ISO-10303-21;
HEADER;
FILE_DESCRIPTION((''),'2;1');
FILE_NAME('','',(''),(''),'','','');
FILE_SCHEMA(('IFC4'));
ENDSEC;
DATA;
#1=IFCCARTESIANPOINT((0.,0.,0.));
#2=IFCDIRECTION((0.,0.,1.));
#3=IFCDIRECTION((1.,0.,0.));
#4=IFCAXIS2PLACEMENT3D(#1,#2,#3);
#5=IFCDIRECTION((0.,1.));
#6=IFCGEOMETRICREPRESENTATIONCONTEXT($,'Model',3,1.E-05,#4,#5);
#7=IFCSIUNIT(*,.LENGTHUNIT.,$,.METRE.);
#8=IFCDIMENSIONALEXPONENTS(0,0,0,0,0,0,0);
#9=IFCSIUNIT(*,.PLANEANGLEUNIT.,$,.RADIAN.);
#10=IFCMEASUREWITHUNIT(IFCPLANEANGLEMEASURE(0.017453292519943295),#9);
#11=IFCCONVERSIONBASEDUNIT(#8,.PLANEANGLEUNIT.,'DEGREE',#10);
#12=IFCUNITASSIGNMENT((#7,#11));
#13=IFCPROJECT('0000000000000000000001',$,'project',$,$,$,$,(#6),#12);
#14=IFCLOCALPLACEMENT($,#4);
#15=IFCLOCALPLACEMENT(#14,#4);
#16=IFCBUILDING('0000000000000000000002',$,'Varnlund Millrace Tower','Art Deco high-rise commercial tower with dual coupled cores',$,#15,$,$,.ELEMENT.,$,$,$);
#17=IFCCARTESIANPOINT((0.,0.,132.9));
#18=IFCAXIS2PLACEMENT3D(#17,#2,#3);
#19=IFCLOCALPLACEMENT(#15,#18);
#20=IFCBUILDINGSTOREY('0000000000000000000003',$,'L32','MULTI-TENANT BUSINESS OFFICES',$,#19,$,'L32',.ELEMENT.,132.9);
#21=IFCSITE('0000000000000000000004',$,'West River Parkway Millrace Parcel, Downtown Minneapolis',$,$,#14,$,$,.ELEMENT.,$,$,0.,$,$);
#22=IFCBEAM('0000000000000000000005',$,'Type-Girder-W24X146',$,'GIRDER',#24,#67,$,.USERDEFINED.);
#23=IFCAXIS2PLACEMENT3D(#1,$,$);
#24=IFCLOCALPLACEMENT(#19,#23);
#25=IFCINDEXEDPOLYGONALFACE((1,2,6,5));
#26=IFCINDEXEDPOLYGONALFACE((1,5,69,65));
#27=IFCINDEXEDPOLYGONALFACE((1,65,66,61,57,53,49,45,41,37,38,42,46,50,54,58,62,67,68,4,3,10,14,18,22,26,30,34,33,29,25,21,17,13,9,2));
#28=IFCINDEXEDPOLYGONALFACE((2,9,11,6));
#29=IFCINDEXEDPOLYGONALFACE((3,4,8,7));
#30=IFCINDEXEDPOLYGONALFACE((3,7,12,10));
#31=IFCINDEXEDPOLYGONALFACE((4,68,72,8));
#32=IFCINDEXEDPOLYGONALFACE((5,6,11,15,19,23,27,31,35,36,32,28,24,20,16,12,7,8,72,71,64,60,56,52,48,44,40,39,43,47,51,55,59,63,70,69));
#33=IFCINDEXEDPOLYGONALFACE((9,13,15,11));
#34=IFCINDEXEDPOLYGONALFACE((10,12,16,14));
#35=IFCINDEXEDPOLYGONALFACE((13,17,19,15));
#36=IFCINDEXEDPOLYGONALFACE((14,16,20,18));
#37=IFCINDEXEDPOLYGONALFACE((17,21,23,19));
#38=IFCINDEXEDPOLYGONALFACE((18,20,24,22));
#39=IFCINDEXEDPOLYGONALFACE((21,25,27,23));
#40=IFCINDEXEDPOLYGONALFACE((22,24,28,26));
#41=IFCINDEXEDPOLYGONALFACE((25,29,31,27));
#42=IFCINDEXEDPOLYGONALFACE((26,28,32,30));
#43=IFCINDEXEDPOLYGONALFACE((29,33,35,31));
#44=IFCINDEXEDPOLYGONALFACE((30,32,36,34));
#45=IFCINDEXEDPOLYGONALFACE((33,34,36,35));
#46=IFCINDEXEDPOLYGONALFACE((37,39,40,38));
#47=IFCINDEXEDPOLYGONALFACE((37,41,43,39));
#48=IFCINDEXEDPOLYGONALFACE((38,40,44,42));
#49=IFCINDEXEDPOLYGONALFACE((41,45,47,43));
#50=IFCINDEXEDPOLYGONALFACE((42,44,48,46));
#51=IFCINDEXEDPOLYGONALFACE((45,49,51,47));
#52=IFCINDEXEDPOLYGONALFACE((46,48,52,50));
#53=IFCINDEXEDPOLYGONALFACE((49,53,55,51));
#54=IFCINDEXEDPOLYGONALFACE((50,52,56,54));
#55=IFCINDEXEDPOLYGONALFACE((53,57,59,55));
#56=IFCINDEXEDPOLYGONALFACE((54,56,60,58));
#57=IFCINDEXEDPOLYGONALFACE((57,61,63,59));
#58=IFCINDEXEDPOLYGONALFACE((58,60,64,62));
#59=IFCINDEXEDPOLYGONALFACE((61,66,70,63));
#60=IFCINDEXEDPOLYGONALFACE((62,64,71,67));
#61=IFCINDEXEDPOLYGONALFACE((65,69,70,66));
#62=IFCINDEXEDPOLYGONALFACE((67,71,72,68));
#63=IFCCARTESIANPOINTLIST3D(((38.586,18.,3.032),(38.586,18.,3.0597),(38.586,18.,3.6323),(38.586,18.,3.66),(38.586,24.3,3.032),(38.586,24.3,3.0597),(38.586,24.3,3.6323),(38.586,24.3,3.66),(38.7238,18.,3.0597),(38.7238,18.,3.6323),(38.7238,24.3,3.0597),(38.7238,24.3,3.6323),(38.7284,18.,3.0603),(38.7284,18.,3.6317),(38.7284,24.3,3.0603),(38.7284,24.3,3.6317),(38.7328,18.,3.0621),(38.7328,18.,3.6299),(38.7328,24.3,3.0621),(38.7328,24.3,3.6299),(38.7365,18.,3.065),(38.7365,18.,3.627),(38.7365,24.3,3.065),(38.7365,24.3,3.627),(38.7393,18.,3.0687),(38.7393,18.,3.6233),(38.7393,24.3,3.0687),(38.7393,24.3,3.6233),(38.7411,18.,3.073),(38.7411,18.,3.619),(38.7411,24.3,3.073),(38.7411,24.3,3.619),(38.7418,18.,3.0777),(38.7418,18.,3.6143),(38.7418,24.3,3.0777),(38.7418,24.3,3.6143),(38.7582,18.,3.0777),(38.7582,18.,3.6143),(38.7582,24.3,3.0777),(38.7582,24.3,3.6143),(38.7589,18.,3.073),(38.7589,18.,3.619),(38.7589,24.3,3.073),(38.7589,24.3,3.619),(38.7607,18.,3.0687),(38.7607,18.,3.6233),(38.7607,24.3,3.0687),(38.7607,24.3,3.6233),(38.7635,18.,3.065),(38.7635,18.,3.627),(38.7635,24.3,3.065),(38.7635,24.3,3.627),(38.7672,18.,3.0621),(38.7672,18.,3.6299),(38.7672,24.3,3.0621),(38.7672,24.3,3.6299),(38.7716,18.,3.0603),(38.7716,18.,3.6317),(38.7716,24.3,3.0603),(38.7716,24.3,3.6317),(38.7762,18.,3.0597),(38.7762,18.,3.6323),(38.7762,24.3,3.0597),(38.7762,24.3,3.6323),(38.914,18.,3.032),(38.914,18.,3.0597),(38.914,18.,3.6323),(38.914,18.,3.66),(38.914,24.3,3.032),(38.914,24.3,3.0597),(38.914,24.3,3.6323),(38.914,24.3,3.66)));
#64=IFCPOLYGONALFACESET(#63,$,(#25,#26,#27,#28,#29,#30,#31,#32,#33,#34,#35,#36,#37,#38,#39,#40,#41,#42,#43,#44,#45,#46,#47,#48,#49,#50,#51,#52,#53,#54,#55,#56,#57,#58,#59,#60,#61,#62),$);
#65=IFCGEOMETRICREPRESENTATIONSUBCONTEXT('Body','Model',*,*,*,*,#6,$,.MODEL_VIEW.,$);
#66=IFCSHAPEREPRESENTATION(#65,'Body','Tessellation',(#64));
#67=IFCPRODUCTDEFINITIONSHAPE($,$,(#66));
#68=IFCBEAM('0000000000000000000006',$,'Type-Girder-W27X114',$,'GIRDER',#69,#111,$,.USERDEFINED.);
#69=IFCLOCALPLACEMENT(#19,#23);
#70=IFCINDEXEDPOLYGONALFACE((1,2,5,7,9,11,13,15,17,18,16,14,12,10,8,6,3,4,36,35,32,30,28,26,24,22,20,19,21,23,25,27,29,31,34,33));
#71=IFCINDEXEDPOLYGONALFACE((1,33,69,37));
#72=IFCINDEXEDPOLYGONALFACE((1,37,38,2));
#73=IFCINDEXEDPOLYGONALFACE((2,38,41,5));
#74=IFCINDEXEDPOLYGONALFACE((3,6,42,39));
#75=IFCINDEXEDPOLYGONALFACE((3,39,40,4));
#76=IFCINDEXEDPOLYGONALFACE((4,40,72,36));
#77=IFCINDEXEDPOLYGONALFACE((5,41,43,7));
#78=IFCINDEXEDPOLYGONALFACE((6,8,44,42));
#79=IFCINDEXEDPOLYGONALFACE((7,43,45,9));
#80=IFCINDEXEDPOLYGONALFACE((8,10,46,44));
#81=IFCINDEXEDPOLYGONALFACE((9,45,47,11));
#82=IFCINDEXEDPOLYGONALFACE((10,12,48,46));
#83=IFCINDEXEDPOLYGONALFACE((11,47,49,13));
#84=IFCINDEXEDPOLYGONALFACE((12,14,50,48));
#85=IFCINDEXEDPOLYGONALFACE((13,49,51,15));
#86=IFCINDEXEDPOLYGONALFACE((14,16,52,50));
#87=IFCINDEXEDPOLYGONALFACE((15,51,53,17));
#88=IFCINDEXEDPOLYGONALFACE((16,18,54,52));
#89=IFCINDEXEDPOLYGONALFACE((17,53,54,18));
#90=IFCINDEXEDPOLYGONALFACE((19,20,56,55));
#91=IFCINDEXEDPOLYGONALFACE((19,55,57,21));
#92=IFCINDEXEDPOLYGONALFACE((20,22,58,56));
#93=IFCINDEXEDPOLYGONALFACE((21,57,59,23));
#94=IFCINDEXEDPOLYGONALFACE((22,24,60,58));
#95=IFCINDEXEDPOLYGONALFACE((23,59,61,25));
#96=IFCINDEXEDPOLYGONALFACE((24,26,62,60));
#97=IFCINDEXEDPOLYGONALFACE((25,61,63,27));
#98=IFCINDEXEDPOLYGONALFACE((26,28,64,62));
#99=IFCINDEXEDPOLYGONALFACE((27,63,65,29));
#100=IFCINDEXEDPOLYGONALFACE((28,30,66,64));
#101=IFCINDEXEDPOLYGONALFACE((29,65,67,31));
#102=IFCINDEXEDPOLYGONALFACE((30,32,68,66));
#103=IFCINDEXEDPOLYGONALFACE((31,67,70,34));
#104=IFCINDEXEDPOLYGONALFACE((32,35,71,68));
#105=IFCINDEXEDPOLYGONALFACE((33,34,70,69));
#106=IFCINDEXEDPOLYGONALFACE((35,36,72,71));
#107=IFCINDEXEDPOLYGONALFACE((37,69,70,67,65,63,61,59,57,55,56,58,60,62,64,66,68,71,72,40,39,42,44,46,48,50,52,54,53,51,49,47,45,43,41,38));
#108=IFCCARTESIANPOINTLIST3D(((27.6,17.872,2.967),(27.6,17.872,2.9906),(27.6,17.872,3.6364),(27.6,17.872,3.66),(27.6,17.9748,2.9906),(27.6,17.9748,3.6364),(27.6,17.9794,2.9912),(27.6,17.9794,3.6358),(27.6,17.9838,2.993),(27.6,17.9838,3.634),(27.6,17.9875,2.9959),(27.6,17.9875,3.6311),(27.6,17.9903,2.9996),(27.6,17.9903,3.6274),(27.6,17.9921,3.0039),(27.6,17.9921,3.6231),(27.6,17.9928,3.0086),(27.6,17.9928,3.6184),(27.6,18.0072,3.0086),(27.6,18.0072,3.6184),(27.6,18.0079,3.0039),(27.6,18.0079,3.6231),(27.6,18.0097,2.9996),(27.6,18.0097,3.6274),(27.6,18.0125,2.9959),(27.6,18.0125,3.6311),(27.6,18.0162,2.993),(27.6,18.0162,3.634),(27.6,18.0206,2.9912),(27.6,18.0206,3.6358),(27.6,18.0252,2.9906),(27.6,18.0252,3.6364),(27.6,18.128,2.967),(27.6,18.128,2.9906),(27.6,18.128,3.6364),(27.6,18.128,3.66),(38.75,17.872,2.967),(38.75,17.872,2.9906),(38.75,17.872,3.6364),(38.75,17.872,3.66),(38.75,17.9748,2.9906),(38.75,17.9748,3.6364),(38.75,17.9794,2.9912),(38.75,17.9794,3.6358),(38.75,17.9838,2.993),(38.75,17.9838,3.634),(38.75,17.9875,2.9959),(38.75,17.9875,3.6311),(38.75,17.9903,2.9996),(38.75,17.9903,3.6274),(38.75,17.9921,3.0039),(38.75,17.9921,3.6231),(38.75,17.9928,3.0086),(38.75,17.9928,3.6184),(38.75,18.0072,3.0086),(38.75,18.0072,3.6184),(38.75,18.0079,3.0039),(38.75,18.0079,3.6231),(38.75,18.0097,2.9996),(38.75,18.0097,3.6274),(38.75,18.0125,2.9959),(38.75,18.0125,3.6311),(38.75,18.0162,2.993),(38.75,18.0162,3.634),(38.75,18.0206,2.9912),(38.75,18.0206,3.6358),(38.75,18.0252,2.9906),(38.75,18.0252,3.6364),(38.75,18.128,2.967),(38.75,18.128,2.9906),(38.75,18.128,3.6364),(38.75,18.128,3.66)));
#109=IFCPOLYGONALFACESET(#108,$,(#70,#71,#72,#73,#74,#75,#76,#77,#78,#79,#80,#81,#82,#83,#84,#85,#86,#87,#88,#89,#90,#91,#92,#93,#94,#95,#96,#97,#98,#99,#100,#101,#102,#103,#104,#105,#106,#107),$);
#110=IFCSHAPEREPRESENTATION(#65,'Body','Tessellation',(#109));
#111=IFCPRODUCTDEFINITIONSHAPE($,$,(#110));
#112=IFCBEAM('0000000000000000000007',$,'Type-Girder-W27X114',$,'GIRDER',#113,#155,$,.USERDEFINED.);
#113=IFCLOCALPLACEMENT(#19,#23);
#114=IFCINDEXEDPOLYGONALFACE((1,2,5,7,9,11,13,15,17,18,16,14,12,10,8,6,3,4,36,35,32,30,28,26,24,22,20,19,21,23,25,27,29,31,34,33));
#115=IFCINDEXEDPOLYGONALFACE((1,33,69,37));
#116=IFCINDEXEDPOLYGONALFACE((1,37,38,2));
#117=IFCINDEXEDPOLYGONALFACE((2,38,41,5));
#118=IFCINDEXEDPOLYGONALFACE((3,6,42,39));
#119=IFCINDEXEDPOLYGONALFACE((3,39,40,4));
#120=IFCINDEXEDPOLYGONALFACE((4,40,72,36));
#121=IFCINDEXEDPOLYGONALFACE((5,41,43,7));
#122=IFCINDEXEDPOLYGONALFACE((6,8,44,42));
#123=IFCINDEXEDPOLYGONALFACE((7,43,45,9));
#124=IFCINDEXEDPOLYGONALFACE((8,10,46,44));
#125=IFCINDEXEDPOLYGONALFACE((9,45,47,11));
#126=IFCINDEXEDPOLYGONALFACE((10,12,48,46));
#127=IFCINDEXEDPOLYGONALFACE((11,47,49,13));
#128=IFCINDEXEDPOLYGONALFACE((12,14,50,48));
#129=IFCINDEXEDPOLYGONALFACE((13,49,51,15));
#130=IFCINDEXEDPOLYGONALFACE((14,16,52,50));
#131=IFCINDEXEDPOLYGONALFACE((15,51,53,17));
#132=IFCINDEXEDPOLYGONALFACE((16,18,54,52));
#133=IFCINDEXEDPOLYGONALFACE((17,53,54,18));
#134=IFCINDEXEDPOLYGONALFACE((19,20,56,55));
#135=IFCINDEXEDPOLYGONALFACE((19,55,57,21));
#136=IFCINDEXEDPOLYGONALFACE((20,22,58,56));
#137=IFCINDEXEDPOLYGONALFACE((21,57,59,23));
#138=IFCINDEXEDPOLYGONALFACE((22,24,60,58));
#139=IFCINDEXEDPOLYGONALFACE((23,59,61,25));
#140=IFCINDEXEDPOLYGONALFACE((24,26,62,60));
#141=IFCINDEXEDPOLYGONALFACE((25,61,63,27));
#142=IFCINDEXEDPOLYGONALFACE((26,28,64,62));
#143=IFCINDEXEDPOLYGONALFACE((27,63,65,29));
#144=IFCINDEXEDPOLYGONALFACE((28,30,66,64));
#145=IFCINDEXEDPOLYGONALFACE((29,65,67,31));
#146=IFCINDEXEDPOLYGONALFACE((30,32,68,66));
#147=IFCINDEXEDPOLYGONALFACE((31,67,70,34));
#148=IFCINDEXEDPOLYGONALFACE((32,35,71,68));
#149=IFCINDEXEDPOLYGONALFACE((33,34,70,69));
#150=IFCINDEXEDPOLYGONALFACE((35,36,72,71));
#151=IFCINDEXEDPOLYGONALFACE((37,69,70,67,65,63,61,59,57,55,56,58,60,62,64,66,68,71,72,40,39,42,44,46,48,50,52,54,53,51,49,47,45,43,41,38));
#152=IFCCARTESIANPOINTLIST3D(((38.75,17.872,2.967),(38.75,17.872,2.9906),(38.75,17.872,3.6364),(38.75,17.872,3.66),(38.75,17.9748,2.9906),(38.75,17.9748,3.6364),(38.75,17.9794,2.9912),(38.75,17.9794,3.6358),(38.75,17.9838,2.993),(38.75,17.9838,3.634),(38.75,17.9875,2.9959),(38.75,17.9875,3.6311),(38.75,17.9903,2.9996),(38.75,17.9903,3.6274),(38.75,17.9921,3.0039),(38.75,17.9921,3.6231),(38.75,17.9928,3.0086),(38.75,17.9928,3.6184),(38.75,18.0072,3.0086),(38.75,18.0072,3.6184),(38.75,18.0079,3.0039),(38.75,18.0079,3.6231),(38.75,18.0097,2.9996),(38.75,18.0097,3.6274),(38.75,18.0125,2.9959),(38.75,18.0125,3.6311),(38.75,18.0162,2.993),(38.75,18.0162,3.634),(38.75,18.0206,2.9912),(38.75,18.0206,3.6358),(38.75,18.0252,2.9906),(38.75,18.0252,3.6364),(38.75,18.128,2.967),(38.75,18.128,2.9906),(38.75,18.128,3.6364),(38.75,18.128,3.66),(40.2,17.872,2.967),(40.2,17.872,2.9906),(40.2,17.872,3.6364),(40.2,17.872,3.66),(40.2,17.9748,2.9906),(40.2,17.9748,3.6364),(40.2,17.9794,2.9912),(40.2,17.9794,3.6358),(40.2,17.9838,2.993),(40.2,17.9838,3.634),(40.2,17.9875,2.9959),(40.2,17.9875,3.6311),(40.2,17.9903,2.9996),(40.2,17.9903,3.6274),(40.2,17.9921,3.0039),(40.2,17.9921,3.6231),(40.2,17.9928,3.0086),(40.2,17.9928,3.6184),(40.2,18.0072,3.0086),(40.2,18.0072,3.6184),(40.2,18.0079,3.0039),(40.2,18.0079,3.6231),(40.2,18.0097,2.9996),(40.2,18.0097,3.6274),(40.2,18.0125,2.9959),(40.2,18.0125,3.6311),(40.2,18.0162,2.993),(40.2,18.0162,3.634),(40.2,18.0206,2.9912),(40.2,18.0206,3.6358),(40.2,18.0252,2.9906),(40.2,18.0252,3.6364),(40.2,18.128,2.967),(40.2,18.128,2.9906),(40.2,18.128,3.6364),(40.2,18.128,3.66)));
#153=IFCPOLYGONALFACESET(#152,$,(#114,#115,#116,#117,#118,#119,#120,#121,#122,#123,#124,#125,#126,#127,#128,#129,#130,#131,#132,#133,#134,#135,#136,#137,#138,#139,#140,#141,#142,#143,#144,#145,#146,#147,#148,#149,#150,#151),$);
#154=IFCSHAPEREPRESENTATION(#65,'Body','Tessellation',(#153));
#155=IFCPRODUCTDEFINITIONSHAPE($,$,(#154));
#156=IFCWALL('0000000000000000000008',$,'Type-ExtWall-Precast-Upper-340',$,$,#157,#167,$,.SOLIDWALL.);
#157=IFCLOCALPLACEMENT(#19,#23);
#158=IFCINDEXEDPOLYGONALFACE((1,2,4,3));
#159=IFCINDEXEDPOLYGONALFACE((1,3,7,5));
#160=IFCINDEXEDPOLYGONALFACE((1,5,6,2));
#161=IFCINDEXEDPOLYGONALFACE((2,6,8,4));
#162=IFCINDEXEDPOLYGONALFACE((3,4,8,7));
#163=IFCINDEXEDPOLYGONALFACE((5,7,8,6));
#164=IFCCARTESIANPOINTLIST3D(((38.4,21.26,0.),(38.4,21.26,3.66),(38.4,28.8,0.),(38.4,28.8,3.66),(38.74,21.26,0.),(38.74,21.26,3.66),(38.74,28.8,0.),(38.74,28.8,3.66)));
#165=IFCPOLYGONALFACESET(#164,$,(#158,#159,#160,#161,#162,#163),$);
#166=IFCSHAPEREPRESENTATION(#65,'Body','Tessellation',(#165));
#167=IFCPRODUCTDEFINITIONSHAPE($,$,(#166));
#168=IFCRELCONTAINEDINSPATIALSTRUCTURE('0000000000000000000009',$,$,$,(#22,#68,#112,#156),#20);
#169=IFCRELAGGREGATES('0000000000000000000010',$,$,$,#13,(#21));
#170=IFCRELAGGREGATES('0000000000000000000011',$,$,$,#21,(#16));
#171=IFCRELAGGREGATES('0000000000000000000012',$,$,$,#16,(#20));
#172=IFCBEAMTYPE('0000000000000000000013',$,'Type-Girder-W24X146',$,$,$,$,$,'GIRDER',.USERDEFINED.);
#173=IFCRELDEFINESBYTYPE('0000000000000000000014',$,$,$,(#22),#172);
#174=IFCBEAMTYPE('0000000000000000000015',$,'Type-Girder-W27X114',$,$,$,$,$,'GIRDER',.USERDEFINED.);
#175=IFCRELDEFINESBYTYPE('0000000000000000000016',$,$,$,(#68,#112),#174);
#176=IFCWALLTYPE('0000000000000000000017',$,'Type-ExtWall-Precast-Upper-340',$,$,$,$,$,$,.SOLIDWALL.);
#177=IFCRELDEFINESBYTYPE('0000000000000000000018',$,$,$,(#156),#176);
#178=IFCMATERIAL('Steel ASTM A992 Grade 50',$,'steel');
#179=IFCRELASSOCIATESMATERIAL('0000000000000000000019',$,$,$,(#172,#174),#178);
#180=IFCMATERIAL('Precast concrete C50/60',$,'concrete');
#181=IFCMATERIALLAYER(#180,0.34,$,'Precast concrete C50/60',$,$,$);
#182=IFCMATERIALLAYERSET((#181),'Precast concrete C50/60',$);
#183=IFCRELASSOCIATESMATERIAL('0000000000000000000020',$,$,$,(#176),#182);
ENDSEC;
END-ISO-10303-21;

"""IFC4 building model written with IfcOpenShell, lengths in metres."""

from ifc_helpers import new_model, entity, si_unit, converted_unit, direction, frame, origin_with_axes, origin_2d_with_axis, place, context, subcontext, project, spatial, polyline, i_section, outline, extrude, material, layer, layer_set, material_profile, profile_set, type_object, element, save


model = new_model("IFC4")

# Units and contexts
model_context = context("Model", 3, precision=1e-05, world=origin_with_axes(), true_north=direction((0.0, 1.0)))
body_context = subcontext(model_context, "Body", "Model", "MODEL_VIEW")
ifc_project = project(units=[si_unit("LENGTHUNIT", "METRE"), converted_unit("PLANEANGLEUNIT", "DEGREE", entity("IfcPlaneAngleMeasure", 0.017453292519943295), si_unit("PLANEANGLEUNIT", "RADIAN"), dimensions=[0, 0, 0, 0, 0, 0, 0])], contexts=[model_context])

# Site, building, storey
site_placement = place(None, origin_with_axes())
site = spatial("IfcSite", under=ifc_project, at=site_placement, Name="West River Parkway Millrace Parcel, Downtown Minneapolis", CompositionType="ELEMENT", RefElevation=0.0)
building_placement = place(site_placement, origin_with_axes())
building = spatial("IfcBuilding", under=site, at=building_placement, Name="Varnlund Millrace Tower", Description="Art Deco high-rise commercial tower with dual coupled cores", CompositionType="ELEMENT")
storey_placement = place(building_placement, frame((0.0, 0.0, 132.9), z_axis=(0.0, 0.0, 1.0), x_axis=(1.0, 0.0, 0.0)))
storey = spatial("IfcBuildingStorey", under=building, at=storey_placement, Name="L32", Description="MULTI-TENANT BUSINESS OFFICES", LongName="L32", CompositionType="ELEMENT", Elevation=132.9)

# Beams
ifc_material_1 = material(Name="Steel ASTM A992 Grade 50", Category="steel")
ifc_material_profile_1 = material_profile(ifc_material_1, i_section(OverallWidth=0.328, OverallDepth=0.628, WebThickness=0.0165, FlangeThickness=0.0277, FilletRadius=0.018, at=origin_2d_with_axis()), Name="Steel ASTM A992 Grade 50")
ifc_profile_set_1 = profile_set([ifc_material_profile_1], Name="Steel ASTM A992 Grade 50")
beam_type_1 = type_object("IfcBeamType", Name="Type-Girder-W24X146", ElementType="GIRDER", PredefinedType="USERDEFINED", material=ifc_profile_set_1)
beam_1_placement = place(storey_placement, frame((38.75, 18.0, 3.346), z_axis=(0.0, 1.0, 0.0), x_axis=(-1.0, 0.0, 0.0)))
element("IfcBeam", 1, at=beam_1_placement, inside=storey, type_object=beam_type_1, Name="Type-Girder-W24X146", ObjectType="GIRDER", PredefinedType="USERDEFINED", context=body_context, shape_type="SweptSolid", body=[
    extrude(i_section(OverallWidth=0.328, OverallDepth=0.628, WebThickness=0.0165, FlangeThickness=0.0277, FilletRadius=0.018, at=origin_2d_with_axis()), origin_with_axes(), (0.0, 0.0, 1.0), 6.3),
])
ifc_material_profile_2 = material_profile(ifc_material_1, i_section(OverallWidth=0.256, OverallDepth=0.693, WebThickness=0.0145, FlangeThickness=0.0236, FilletRadius=0.018, at=origin_2d_with_axis()), Name="Steel ASTM A992 Grade 50")
ifc_profile_set_2 = profile_set([ifc_material_profile_2], Name="Steel ASTM A992 Grade 50")
beam_type_2 = type_object("IfcBeamType", Name="Type-Girder-W27X114", ElementType="GIRDER", PredefinedType="USERDEFINED", material=ifc_profile_set_2)
beam_2_placement = place(storey_placement, frame((27.6, 18.0, 3.3135), z_axis=(1.0, 0.0, 0.0), x_axis=(0.0, 1.0, 0.0)))
element("IfcBeam", 2, at=beam_2_placement, inside=storey, type_object=beam_type_2, Name="Type-Girder-W27X114", ObjectType="GIRDER", PredefinedType="USERDEFINED", context=body_context, shape_type="SweptSolid", body=[
    extrude(i_section(OverallWidth=0.256, OverallDepth=0.693, WebThickness=0.0145, FlangeThickness=0.0236, FilletRadius=0.018, at=origin_2d_with_axis()), origin_with_axes(), (0.0, 0.0, 1.0), 11.15),
])
beam_3_placement = place(storey_placement, frame((38.75, 18.0, 3.3135), z_axis=(1.0, 0.0, 0.0), x_axis=(0.0, 1.0, 0.0)))
element("IfcBeam", 3, at=beam_3_placement, inside=storey, type_object=beam_type_2, Name="Type-Girder-W27X114", ObjectType="GIRDER", PredefinedType="USERDEFINED", context=body_context, shape_type="SweptSolid", body=[
    extrude(i_section(OverallWidth=0.256, OverallDepth=0.693, WebThickness=0.0145, FlangeThickness=0.0236, FilletRadius=0.018, at=origin_2d_with_axis()), origin_with_axes(), (0.0, 0.0, 1.0), 1.45),
])

# Wall
ifc_material_2 = material(Name="Precast concrete C50/60", Category="concrete")
ifc_layer_1 = layer(ifc_material_2, 0.34, Name="Precast concrete C50/60")
ifc_layer_set_1 = layer_set([ifc_layer_1], Name="Precast concrete C50/60")
wall_type_1 = type_object("IfcWallType", Name="Type-ExtWall-Precast-Upper-340", PredefinedType="SOLIDWALL", material=ifc_layer_set_1)
wall_1_placement = place(storey_placement, frame((38.57, 21.26, 0.0), z_axis=(0.0, 0.0, 1.0), x_axis=(0.0, 1.0, 0.0)))
element("IfcWall", 4, at=wall_1_placement, inside=storey, type_object=wall_type_1, Name="Type-ExtWall-Precast-Upper-340", PredefinedType="SOLIDWALL", context=body_context, shape_type="SweptSolid", body=[
    extrude(outline(polyline([(0.0, -0.17), (7.54, -0.17), (7.54, 0.17), (0.0, 0.17), (0.0, -0.17)])), origin_with_axes(), (0.0, 0.0, 1.0), 3.66),
])

save(model, "model.ifc")
